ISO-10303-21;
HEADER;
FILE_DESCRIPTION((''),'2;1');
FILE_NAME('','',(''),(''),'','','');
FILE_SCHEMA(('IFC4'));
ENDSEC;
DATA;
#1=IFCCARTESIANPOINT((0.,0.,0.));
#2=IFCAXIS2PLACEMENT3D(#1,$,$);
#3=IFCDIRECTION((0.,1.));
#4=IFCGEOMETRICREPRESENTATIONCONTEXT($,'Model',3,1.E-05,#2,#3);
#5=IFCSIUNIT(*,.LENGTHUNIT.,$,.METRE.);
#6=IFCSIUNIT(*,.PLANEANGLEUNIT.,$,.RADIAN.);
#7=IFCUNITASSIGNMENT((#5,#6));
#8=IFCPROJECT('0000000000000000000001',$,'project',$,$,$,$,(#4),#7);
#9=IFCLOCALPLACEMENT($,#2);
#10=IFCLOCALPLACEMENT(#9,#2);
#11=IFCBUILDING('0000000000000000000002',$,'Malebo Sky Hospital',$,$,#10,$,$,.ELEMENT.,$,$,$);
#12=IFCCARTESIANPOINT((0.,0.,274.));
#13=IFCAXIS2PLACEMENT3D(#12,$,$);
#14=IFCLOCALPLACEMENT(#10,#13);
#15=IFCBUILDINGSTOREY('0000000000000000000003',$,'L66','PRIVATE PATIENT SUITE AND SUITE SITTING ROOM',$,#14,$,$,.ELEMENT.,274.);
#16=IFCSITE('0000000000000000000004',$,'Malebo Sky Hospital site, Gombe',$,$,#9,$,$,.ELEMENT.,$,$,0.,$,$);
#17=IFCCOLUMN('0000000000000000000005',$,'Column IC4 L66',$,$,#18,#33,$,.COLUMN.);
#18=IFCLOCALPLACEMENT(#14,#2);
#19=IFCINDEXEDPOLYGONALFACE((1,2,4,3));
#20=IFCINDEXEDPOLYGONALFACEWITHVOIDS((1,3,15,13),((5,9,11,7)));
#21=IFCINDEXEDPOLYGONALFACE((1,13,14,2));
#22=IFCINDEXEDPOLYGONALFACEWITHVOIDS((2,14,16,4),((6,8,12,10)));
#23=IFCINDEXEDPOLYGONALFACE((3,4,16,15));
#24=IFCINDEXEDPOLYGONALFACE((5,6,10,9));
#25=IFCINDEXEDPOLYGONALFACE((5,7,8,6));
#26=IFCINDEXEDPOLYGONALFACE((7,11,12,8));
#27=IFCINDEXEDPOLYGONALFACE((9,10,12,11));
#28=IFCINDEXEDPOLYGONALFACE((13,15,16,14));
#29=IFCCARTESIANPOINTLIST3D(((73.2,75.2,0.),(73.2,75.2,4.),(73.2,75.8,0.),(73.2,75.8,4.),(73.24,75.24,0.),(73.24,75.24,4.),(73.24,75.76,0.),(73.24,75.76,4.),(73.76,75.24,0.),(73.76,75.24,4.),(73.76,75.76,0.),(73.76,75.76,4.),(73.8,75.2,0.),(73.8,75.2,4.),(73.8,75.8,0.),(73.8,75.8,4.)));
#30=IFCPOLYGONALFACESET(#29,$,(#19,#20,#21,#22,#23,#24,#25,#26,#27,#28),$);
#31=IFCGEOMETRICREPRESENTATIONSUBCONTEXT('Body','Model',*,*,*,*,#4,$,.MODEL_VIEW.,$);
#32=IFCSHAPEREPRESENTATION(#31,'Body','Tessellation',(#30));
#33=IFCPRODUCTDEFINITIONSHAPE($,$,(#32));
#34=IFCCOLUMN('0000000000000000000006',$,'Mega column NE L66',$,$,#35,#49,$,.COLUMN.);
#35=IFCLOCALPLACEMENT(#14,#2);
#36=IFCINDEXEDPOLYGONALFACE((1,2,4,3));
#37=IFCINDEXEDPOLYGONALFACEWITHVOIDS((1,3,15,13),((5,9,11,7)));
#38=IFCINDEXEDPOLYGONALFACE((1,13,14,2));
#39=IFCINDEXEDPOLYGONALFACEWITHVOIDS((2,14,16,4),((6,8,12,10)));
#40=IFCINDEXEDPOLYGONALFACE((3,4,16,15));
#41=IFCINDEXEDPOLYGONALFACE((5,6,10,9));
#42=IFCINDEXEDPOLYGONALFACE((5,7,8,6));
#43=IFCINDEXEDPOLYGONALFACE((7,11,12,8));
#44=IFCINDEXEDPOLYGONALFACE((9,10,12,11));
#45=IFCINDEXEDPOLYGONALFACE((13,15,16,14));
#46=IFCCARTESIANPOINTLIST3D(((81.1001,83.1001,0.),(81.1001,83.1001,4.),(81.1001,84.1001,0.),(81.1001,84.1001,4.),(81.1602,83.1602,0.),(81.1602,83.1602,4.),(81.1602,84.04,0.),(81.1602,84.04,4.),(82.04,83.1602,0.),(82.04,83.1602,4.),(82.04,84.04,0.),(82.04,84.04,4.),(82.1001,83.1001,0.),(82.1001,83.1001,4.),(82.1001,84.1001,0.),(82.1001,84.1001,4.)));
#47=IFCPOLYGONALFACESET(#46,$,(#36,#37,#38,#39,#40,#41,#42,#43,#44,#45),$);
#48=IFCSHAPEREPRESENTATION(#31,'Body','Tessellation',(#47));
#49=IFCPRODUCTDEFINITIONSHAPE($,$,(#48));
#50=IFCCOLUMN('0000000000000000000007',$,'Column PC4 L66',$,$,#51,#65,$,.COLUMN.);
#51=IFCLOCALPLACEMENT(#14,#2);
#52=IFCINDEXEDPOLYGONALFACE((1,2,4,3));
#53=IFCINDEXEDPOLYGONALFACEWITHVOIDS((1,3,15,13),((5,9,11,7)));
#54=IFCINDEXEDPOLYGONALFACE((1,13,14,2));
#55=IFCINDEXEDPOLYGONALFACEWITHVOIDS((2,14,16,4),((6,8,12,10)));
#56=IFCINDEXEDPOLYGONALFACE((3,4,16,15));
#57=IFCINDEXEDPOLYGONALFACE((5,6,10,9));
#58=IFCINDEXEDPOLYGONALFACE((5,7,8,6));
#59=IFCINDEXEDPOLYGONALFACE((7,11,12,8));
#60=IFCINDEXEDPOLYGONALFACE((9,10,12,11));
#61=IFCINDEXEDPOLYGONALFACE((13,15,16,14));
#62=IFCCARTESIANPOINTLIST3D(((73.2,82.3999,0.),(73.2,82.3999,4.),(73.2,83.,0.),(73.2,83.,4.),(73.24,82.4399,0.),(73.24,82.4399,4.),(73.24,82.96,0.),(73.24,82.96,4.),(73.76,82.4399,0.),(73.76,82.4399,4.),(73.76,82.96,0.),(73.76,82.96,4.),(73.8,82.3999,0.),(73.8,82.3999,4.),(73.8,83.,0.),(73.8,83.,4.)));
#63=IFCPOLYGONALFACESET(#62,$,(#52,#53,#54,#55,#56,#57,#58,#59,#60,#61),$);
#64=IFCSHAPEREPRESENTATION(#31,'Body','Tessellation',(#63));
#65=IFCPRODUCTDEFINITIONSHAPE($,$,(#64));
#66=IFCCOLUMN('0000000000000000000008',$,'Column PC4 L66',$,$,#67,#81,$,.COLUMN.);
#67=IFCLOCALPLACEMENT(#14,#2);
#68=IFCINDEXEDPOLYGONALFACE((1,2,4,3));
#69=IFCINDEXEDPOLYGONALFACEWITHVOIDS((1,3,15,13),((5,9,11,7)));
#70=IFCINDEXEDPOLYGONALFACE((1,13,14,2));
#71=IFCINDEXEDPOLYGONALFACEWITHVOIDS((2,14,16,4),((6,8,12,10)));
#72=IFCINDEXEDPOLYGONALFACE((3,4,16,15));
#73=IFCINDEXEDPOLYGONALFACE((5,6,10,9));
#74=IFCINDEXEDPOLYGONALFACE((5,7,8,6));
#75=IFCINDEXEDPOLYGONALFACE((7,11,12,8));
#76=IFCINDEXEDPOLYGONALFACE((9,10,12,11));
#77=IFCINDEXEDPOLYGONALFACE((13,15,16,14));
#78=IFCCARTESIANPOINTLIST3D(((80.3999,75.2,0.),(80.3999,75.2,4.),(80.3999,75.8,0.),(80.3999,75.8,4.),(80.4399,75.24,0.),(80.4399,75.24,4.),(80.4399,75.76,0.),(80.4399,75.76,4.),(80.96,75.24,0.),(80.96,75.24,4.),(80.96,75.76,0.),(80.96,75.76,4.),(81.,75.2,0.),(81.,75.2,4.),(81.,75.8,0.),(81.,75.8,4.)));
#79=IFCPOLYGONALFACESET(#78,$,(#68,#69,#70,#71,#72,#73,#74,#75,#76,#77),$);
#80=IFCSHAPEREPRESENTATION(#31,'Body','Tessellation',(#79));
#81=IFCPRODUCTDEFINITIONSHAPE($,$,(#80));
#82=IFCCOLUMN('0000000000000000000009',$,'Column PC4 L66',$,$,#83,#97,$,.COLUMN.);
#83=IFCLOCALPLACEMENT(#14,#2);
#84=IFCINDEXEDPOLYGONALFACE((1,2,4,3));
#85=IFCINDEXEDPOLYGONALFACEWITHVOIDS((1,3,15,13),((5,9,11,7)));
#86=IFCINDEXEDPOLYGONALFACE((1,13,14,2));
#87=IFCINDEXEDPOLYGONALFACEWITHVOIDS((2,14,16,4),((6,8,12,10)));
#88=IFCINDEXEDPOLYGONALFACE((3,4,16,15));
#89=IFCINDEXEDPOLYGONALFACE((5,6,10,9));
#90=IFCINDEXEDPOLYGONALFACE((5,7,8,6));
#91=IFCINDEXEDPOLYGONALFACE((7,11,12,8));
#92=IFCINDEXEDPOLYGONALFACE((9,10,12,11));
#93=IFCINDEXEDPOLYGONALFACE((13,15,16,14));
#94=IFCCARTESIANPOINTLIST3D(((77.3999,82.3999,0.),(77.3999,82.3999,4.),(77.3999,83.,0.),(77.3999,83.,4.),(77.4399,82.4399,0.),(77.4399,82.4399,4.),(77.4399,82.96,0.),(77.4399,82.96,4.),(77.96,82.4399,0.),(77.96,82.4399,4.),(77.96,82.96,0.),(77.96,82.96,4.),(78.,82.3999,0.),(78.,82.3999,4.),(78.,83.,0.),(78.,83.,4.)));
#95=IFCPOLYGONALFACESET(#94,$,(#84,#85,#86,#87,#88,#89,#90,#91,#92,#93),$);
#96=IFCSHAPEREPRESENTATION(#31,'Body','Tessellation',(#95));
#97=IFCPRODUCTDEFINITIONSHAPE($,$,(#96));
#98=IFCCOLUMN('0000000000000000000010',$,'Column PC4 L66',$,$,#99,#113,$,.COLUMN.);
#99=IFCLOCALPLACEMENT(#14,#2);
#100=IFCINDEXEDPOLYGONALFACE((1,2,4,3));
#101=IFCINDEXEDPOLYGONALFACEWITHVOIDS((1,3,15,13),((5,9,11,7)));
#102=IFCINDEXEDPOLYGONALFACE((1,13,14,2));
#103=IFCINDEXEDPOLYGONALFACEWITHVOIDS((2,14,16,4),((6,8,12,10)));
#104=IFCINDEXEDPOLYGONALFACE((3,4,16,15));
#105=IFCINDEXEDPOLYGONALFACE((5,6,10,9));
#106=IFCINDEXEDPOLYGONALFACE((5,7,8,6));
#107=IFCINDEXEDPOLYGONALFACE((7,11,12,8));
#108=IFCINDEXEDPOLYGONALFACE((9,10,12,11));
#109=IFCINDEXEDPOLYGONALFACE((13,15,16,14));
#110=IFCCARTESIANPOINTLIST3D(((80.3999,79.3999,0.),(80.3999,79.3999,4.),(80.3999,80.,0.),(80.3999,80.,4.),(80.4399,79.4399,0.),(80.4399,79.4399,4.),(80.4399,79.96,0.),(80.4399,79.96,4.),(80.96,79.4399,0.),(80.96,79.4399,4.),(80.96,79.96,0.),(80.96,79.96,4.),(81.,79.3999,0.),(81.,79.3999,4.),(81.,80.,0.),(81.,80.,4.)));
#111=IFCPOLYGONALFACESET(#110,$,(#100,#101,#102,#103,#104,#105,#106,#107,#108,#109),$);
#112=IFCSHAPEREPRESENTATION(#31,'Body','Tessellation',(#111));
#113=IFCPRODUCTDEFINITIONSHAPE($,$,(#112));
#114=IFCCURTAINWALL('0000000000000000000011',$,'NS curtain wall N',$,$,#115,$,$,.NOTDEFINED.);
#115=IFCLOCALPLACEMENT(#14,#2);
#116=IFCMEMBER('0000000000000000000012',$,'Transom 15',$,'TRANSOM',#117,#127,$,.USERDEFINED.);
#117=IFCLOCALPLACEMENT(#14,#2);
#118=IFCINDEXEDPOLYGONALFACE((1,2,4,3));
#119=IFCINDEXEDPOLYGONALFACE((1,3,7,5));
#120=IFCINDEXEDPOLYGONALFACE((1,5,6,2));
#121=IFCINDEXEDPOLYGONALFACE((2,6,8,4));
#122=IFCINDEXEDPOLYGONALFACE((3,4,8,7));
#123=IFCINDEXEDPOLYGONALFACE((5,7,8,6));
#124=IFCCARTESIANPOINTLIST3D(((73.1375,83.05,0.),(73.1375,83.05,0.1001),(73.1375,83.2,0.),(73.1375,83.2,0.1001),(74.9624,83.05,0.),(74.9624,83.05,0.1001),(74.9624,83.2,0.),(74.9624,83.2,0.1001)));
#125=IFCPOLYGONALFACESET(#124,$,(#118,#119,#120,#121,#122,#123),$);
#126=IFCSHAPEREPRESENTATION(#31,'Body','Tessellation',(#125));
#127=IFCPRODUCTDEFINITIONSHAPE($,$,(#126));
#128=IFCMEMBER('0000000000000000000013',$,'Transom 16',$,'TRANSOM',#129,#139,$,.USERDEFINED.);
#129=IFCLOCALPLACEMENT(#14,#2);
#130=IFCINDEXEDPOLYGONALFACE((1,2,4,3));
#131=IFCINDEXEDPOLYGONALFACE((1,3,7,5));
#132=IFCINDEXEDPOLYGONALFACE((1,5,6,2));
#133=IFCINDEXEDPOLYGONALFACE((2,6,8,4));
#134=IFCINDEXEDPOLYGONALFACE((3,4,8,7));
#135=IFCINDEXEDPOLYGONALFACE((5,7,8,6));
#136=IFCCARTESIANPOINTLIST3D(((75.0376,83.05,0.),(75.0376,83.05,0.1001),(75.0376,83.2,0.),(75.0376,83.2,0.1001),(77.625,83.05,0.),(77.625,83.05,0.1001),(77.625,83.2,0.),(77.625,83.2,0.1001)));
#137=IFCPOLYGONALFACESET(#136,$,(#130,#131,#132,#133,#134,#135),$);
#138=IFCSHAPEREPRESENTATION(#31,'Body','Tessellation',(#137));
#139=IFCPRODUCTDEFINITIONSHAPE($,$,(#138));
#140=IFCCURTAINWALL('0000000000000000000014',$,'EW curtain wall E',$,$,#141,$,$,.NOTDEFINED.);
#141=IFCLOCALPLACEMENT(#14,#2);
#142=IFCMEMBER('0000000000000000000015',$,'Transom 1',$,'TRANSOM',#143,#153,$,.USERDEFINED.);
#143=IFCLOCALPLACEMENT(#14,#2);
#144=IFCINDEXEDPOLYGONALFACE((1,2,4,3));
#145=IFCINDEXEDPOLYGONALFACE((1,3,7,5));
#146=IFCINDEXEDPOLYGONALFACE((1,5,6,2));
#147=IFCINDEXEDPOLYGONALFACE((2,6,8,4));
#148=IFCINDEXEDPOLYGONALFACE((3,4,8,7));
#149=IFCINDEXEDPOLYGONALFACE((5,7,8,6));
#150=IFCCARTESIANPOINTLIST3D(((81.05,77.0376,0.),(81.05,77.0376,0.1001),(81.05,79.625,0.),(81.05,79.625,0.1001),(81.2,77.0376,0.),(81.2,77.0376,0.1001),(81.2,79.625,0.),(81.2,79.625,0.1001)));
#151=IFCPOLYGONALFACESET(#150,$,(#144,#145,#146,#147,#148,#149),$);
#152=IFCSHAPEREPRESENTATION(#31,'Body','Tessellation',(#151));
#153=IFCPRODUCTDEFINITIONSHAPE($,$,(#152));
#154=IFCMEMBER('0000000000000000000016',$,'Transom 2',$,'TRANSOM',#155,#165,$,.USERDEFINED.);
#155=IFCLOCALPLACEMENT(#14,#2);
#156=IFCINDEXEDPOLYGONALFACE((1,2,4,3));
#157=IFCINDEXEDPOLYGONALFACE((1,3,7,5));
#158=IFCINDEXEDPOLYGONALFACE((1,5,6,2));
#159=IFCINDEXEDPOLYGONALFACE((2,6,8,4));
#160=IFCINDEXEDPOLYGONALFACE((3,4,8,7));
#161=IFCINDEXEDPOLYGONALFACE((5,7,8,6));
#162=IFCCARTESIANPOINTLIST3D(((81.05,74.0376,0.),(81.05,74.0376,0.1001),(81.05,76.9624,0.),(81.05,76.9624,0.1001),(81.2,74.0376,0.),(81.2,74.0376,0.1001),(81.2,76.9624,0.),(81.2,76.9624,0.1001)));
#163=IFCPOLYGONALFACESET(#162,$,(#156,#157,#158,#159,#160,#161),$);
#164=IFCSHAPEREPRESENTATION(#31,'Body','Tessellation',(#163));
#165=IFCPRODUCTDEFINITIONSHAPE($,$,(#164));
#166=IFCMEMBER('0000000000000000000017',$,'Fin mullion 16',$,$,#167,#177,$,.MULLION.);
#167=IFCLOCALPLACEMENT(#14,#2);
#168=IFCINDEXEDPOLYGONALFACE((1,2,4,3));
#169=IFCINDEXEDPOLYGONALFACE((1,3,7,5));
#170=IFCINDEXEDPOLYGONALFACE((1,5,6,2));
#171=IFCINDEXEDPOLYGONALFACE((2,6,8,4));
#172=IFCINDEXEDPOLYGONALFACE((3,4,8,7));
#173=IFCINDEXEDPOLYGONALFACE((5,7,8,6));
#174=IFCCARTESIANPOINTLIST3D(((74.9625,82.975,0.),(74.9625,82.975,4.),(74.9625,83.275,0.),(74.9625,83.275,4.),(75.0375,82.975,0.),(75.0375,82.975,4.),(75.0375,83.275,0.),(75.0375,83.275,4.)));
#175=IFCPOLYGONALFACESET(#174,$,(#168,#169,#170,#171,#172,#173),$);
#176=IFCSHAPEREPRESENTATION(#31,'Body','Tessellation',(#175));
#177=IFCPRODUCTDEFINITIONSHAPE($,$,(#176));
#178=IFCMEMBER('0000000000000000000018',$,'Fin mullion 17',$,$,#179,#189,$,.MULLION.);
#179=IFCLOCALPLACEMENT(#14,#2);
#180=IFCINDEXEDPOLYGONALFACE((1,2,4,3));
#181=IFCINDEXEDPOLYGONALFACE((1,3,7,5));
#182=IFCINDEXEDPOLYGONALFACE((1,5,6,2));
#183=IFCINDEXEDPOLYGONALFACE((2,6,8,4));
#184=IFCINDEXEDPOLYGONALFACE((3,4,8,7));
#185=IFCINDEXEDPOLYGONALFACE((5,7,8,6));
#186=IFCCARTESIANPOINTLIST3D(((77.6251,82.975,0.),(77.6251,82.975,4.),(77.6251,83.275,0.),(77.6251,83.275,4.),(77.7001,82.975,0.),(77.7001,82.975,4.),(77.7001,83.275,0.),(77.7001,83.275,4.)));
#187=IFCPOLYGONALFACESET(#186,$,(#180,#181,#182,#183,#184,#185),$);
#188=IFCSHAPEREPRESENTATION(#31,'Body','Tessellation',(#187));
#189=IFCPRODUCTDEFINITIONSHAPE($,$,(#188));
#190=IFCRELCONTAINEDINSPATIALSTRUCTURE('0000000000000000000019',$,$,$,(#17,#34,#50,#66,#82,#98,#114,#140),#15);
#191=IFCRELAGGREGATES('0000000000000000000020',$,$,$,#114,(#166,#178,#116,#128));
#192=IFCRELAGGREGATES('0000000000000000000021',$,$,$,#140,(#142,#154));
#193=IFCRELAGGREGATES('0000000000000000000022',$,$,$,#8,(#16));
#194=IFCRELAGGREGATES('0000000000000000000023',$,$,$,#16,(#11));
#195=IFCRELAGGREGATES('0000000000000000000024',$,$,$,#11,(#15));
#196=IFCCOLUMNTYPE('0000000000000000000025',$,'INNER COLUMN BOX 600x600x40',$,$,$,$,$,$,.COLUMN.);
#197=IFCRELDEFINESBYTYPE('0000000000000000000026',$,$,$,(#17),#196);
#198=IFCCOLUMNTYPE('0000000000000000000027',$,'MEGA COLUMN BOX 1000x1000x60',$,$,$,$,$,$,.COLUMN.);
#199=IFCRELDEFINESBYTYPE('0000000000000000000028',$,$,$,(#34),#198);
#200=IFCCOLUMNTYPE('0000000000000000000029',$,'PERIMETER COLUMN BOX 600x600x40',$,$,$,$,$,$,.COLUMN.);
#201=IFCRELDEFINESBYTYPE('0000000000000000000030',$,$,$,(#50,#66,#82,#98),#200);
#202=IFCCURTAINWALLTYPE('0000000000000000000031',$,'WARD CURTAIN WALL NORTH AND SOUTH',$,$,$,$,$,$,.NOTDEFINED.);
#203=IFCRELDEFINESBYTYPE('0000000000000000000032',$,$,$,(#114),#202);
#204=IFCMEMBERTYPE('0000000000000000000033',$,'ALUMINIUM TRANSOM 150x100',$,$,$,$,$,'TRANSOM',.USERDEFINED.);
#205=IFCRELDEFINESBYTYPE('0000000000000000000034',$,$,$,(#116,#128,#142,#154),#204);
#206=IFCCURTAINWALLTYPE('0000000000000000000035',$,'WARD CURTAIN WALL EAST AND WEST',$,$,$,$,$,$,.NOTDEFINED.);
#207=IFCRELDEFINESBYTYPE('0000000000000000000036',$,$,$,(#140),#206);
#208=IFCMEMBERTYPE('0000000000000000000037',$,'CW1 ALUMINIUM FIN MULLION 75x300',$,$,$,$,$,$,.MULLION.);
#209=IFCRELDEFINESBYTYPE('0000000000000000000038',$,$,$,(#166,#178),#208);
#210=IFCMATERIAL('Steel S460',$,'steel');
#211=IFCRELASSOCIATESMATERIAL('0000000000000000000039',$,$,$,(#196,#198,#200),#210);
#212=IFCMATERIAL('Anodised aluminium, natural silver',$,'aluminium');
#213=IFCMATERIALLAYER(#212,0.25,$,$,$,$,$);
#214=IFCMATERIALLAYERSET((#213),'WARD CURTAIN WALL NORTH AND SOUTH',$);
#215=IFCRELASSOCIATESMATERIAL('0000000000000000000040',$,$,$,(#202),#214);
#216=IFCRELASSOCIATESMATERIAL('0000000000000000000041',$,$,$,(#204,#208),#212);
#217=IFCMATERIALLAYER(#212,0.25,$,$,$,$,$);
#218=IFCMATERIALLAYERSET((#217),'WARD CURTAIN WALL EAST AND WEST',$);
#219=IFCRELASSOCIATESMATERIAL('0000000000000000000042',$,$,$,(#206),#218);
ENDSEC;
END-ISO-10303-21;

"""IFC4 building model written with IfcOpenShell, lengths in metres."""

from ifc_helpers import new_model, si_unit, direction, frame, origin, origin_2d, place, context, subcontext, project, spatial, rectangle, hollow_rectangle, extrude, material, layer, layer_set, material_profile, profile_set, type_object, element, aggregate, save


model = new_model("IFC4")

# Units and contexts
model_context = context("Model", 3, precision=1e-05, world=origin(), true_north=direction((0.0, 1.0)))
body_context = subcontext(model_context, "Body", "Model", "MODEL_VIEW")
ifc_project = project(units=[si_unit("LENGTHUNIT", "METRE"), si_unit("PLANEANGLEUNIT", "RADIAN")], contexts=[model_context])

# Site, building, storey
site_placement = place(None, origin())
site = spatial("IfcSite", under=ifc_project, at=site_placement, Name="Malebo Sky Hospital site, Gombe", CompositionType="ELEMENT", RefElevation=0.0)
building_placement = place(site_placement, origin())
building = spatial("IfcBuilding", under=site, at=building_placement, Name="Malebo Sky Hospital", CompositionType="ELEMENT")
storey_placement = place(building_placement, frame((0.0, 0.0, 274.0)))
storey = spatial("IfcBuildingStorey", under=building, at=storey_placement, Name="L66", Description="PRIVATE PATIENT SUITE AND SUITE SITTING ROOM", CompositionType="ELEMENT", Elevation=274.0)

# Columns
ifc_material_1 = material(Name="Steel S460", Category="steel")
ifc_material_profile_1 = material_profile(ifc_material_1, hollow_rectangle(XDim=0.6001, YDim=0.6001, WallThickness=0.04, at=origin_2d()), Name="BOX 600x600x40")
ifc_profile_set_1 = profile_set([ifc_material_profile_1], Name="Steel S460")
column_type_1 = type_object("IfcColumnType", Name="INNER COLUMN BOX 600x600x40", PredefinedType="COLUMN", material=ifc_profile_set_1)
column_1_placement = place(storey_placement, frame((73.5, 75.5, 0.0), z_axis=(0.0, 0.0, 1.0), x_axis=(1.0, 0.0, 0.0)))
element("IfcColumn", 1, at=column_1_placement, inside=storey, type_object=column_type_1, Name="Column IC4 L66", PredefinedType="COLUMN", context=body_context, shape_type="SweptSolid", body=[
    extrude(hollow_rectangle(XDim=0.6001, YDim=0.6001, WallThickness=0.04, at=origin_2d()), origin(), (0.0, 0.0, 1.0), 4.0),
])
ifc_material_profile_2 = material_profile(ifc_material_1, hollow_rectangle(XDim=1.0, YDim=1.0, WallThickness=0.0601, at=origin_2d()), Name="BOX 1000x1000x60")
ifc_profile_set_2 = profile_set([ifc_material_profile_2], Name="Steel S460")
column_type_2 = type_object("IfcColumnType", Name="MEGA COLUMN BOX 1000x1000x60", PredefinedType="COLUMN", material=ifc_profile_set_2)
column_2_placement = place(storey_placement, frame((81.6001, 83.6001, 0.0), z_axis=(0.0, 0.0, 1.0), x_axis=(1.0, 0.0, 0.0)))
element("IfcColumn", 2, at=column_2_placement, inside=storey, type_object=column_type_2, Name="Mega column NE L66", PredefinedType="COLUMN", context=body_context, shape_type="SweptSolid", body=[
    extrude(hollow_rectangle(XDim=1.0, YDim=1.0, WallThickness=0.0601, at=origin_2d()), origin(), (0.0, 0.0, 1.0), 4.0),
])
ifc_material_profile_3 = material_profile(ifc_material_1, hollow_rectangle(XDim=0.6001, YDim=0.6001, WallThickness=0.04, at=origin_2d()), Name="BOX 600x600x40")
ifc_profile_set_3 = profile_set([ifc_material_profile_3], Name="Steel S460")
column_type_3 = type_object("IfcColumnType", Name="PERIMETER COLUMN BOX 600x600x40", PredefinedType="COLUMN", material=ifc_profile_set_3)
for number, where, z_axis, x_axis, name in (
    (3, (73.5, 82.7, 0.0), (0.0, 0.0, 1.0), (1.0, 0.0, 0.0), "Column PC4 L66"),
    (4, (80.7, 75.5, 0.0), (0.0, 0.0, 1.0), (1.0, 0.0, 0.0), "Column PC4 L66"),
    (5, (77.7, 82.7, 0.0), (0.0, 0.0, 1.0), (1.0, 0.0, 0.0), "Column PC4 L66"),
    (6, (80.7, 79.7, 0.0), (0.0, 0.0, 1.0), (1.0, 0.0, 0.0), "Column PC4 L66"),
):
    element("IfcColumn", number, at=place(storey_placement, frame(where, z_axis=z_axis, x_axis=x_axis)), inside=storey, type_object=column_type_3, Name=name, PredefinedType="COLUMN", context=body_context, shape_type="SweptSolid", body=[
        extrude(hollow_rectangle(XDim=0.6001, YDim=0.6001, WallThickness=0.04, at=origin_2d()), origin(), (0.0, 0.0, 1.0), 4.0),
    ])

# Curtain walls, members
ifc_material_2 = material(Name="Anodised aluminium, natural silver", Category="aluminium")
ifc_layer_1 = layer(ifc_material_2, 0.25)
ifc_layer_set_1 = layer_set([ifc_layer_1], Name="WARD CURTAIN WALL NORTH AND SOUTH")
curtain_wall_type_1 = type_object("IfcCurtainWallType", Name="WARD CURTAIN WALL NORTH AND SOUTH", PredefinedType="NOTDEFINED", material=ifc_layer_set_1)
curtain_wall_1_placement = place(storey_placement, origin())
curtain_wall_1 = element("IfcCurtainWall", 7, at=curtain_wall_1_placement, inside=storey, type_object=curtain_wall_type_1, Name="NS curtain wall N", PredefinedType="NOTDEFINED")
ifc_material_profile_4 = material_profile(ifc_material_2, rectangle(XDim=0.1499, YDim=0.1001, at=origin_2d()), Name="ALUMINIUM TRANSOM 150x100")
ifc_profile_set_4 = profile_set([ifc_material_profile_4], Name="Anodised aluminium, natural silver")
member_type_1 = type_object("IfcMemberType", Name="ALUMINIUM TRANSOM 150x100", ElementType="TRANSOM", PredefinedType="USERDEFINED", material=ifc_profile_set_4)
member_1_placement = place(storey_placement, frame((73.1375, 83.125, 0.05), z_axis=(1.0, 0.0, 0.0), x_axis=(0.0, 1.0, 0.0)))
member_1 = element("IfcMember", 8, at=member_1_placement, type_object=member_type_1, Name="Transom 15", ObjectType="TRANSOM", PredefinedType="USERDEFINED", context=body_context, shape_type="SweptSolid", body=[
    extrude(rectangle(XDim=0.1499, YDim=0.1001, at=origin_2d()), origin(), (0.0, 0.0, 1.0), 1.825),
])
member_2_placement = place(storey_placement, frame((75.0376, 83.125, 0.05), z_axis=(1.0, 0.0, 0.0), x_axis=(0.0, 1.0, 0.0)))
member_2 = element("IfcMember", 9, at=member_2_placement, type_object=member_type_1, Name="Transom 16", ObjectType="TRANSOM", PredefinedType="USERDEFINED", context=body_context, shape_type="SweptSolid", body=[
    extrude(rectangle(XDim=0.1499, YDim=0.1001, at=origin_2d()), origin(), (0.0, 0.0, 1.0), 2.5874),
])
ifc_layer_2 = layer(ifc_material_2, 0.25)
ifc_layer_set_2 = layer_set([ifc_layer_2], Name="WARD CURTAIN WALL EAST AND WEST")
curtain_wall_type_2 = type_object("IfcCurtainWallType", Name="WARD CURTAIN WALL EAST AND WEST", PredefinedType="NOTDEFINED", material=ifc_layer_set_2)
curtain_wall_2_placement = place(storey_placement, origin())
curtain_wall_2 = element("IfcCurtainWall", 10, at=curtain_wall_2_placement, inside=storey, type_object=curtain_wall_type_2, Name="EW curtain wall E", PredefinedType="NOTDEFINED")
member_3_placement = place(storey_placement, frame((81.125, 79.625, 0.05), z_axis=(0.0, -1.0, 0.0), x_axis=(1.0, 0.0, 0.0)))
member_3 = element("IfcMember", 11, at=member_3_placement, type_object=member_type_1, Name="Transom 1", ObjectType="TRANSOM", PredefinedType="USERDEFINED", context=body_context, shape_type="SweptSolid", body=[
    extrude(rectangle(XDim=0.1499, YDim=0.1001, at=origin_2d()), origin(), (0.0, 0.0, 1.0), 2.5874),
])
member_4_placement = place(storey_placement, frame((81.125, 76.9624, 0.05), z_axis=(0.0, -1.0, 0.0), x_axis=(1.0, 0.0, 0.0)))
member_4 = element("IfcMember", 12, at=member_4_placement, type_object=member_type_1, Name="Transom 2", ObjectType="TRANSOM", PredefinedType="USERDEFINED", context=body_context, shape_type="SweptSolid", body=[
    extrude(rectangle(XDim=0.1499, YDim=0.1001, at=origin_2d()), origin(), (0.0, 0.0, 1.0), 2.9248),
])

# Members
ifc_material_profile_5 = material_profile(ifc_material_2, rectangle(XDim=0.075, YDim=0.3, at=origin_2d()), Name="CW1 ALUMINIUM FIN MULLION 75x300")
ifc_profile_set_5 = profile_set([ifc_material_profile_5], Name="Anodised aluminium, natural silver")
member_type_2 = type_object("IfcMemberType", Name="CW1 ALUMINIUM FIN MULLION 75x300", PredefinedType="MULLION", material=ifc_profile_set_5)
member_5_placement = place(storey_placement, frame((75.0, 83.125, 0.0), z_axis=(0.0, 0.0, 1.0), x_axis=(1.0, 0.0, 0.0)))
member_5 = element("IfcMember", 13, at=member_5_placement, type_object=member_type_2, Name="Fin mullion 16", PredefinedType="MULLION", context=body_context, shape_type="SweptSolid", body=[
    extrude(rectangle(XDim=0.075, YDim=0.3, at=origin_2d()), origin(), (0.0, 0.0, 1.0), 4.0),
])
member_6_placement = place(storey_placement, frame((77.6626, 83.125, 0.0), z_axis=(0.0, 0.0, 1.0), x_axis=(1.0, 0.0, 0.0)))
member_6 = element("IfcMember", 14, at=member_6_placement, type_object=member_type_2, Name="Fin mullion 17", PredefinedType="MULLION", context=body_context, shape_type="SweptSolid", body=[
    extrude(rectangle(XDim=0.075, YDim=0.3, at=origin_2d()), origin(), (0.0, 0.0, 1.0), 4.0),
])

aggregate(curtain_wall_1, [member_5, member_6, member_1, member_2])
aggregate(curtain_wall_2, [member_3, member_4])

save(model, "model.ifc")
